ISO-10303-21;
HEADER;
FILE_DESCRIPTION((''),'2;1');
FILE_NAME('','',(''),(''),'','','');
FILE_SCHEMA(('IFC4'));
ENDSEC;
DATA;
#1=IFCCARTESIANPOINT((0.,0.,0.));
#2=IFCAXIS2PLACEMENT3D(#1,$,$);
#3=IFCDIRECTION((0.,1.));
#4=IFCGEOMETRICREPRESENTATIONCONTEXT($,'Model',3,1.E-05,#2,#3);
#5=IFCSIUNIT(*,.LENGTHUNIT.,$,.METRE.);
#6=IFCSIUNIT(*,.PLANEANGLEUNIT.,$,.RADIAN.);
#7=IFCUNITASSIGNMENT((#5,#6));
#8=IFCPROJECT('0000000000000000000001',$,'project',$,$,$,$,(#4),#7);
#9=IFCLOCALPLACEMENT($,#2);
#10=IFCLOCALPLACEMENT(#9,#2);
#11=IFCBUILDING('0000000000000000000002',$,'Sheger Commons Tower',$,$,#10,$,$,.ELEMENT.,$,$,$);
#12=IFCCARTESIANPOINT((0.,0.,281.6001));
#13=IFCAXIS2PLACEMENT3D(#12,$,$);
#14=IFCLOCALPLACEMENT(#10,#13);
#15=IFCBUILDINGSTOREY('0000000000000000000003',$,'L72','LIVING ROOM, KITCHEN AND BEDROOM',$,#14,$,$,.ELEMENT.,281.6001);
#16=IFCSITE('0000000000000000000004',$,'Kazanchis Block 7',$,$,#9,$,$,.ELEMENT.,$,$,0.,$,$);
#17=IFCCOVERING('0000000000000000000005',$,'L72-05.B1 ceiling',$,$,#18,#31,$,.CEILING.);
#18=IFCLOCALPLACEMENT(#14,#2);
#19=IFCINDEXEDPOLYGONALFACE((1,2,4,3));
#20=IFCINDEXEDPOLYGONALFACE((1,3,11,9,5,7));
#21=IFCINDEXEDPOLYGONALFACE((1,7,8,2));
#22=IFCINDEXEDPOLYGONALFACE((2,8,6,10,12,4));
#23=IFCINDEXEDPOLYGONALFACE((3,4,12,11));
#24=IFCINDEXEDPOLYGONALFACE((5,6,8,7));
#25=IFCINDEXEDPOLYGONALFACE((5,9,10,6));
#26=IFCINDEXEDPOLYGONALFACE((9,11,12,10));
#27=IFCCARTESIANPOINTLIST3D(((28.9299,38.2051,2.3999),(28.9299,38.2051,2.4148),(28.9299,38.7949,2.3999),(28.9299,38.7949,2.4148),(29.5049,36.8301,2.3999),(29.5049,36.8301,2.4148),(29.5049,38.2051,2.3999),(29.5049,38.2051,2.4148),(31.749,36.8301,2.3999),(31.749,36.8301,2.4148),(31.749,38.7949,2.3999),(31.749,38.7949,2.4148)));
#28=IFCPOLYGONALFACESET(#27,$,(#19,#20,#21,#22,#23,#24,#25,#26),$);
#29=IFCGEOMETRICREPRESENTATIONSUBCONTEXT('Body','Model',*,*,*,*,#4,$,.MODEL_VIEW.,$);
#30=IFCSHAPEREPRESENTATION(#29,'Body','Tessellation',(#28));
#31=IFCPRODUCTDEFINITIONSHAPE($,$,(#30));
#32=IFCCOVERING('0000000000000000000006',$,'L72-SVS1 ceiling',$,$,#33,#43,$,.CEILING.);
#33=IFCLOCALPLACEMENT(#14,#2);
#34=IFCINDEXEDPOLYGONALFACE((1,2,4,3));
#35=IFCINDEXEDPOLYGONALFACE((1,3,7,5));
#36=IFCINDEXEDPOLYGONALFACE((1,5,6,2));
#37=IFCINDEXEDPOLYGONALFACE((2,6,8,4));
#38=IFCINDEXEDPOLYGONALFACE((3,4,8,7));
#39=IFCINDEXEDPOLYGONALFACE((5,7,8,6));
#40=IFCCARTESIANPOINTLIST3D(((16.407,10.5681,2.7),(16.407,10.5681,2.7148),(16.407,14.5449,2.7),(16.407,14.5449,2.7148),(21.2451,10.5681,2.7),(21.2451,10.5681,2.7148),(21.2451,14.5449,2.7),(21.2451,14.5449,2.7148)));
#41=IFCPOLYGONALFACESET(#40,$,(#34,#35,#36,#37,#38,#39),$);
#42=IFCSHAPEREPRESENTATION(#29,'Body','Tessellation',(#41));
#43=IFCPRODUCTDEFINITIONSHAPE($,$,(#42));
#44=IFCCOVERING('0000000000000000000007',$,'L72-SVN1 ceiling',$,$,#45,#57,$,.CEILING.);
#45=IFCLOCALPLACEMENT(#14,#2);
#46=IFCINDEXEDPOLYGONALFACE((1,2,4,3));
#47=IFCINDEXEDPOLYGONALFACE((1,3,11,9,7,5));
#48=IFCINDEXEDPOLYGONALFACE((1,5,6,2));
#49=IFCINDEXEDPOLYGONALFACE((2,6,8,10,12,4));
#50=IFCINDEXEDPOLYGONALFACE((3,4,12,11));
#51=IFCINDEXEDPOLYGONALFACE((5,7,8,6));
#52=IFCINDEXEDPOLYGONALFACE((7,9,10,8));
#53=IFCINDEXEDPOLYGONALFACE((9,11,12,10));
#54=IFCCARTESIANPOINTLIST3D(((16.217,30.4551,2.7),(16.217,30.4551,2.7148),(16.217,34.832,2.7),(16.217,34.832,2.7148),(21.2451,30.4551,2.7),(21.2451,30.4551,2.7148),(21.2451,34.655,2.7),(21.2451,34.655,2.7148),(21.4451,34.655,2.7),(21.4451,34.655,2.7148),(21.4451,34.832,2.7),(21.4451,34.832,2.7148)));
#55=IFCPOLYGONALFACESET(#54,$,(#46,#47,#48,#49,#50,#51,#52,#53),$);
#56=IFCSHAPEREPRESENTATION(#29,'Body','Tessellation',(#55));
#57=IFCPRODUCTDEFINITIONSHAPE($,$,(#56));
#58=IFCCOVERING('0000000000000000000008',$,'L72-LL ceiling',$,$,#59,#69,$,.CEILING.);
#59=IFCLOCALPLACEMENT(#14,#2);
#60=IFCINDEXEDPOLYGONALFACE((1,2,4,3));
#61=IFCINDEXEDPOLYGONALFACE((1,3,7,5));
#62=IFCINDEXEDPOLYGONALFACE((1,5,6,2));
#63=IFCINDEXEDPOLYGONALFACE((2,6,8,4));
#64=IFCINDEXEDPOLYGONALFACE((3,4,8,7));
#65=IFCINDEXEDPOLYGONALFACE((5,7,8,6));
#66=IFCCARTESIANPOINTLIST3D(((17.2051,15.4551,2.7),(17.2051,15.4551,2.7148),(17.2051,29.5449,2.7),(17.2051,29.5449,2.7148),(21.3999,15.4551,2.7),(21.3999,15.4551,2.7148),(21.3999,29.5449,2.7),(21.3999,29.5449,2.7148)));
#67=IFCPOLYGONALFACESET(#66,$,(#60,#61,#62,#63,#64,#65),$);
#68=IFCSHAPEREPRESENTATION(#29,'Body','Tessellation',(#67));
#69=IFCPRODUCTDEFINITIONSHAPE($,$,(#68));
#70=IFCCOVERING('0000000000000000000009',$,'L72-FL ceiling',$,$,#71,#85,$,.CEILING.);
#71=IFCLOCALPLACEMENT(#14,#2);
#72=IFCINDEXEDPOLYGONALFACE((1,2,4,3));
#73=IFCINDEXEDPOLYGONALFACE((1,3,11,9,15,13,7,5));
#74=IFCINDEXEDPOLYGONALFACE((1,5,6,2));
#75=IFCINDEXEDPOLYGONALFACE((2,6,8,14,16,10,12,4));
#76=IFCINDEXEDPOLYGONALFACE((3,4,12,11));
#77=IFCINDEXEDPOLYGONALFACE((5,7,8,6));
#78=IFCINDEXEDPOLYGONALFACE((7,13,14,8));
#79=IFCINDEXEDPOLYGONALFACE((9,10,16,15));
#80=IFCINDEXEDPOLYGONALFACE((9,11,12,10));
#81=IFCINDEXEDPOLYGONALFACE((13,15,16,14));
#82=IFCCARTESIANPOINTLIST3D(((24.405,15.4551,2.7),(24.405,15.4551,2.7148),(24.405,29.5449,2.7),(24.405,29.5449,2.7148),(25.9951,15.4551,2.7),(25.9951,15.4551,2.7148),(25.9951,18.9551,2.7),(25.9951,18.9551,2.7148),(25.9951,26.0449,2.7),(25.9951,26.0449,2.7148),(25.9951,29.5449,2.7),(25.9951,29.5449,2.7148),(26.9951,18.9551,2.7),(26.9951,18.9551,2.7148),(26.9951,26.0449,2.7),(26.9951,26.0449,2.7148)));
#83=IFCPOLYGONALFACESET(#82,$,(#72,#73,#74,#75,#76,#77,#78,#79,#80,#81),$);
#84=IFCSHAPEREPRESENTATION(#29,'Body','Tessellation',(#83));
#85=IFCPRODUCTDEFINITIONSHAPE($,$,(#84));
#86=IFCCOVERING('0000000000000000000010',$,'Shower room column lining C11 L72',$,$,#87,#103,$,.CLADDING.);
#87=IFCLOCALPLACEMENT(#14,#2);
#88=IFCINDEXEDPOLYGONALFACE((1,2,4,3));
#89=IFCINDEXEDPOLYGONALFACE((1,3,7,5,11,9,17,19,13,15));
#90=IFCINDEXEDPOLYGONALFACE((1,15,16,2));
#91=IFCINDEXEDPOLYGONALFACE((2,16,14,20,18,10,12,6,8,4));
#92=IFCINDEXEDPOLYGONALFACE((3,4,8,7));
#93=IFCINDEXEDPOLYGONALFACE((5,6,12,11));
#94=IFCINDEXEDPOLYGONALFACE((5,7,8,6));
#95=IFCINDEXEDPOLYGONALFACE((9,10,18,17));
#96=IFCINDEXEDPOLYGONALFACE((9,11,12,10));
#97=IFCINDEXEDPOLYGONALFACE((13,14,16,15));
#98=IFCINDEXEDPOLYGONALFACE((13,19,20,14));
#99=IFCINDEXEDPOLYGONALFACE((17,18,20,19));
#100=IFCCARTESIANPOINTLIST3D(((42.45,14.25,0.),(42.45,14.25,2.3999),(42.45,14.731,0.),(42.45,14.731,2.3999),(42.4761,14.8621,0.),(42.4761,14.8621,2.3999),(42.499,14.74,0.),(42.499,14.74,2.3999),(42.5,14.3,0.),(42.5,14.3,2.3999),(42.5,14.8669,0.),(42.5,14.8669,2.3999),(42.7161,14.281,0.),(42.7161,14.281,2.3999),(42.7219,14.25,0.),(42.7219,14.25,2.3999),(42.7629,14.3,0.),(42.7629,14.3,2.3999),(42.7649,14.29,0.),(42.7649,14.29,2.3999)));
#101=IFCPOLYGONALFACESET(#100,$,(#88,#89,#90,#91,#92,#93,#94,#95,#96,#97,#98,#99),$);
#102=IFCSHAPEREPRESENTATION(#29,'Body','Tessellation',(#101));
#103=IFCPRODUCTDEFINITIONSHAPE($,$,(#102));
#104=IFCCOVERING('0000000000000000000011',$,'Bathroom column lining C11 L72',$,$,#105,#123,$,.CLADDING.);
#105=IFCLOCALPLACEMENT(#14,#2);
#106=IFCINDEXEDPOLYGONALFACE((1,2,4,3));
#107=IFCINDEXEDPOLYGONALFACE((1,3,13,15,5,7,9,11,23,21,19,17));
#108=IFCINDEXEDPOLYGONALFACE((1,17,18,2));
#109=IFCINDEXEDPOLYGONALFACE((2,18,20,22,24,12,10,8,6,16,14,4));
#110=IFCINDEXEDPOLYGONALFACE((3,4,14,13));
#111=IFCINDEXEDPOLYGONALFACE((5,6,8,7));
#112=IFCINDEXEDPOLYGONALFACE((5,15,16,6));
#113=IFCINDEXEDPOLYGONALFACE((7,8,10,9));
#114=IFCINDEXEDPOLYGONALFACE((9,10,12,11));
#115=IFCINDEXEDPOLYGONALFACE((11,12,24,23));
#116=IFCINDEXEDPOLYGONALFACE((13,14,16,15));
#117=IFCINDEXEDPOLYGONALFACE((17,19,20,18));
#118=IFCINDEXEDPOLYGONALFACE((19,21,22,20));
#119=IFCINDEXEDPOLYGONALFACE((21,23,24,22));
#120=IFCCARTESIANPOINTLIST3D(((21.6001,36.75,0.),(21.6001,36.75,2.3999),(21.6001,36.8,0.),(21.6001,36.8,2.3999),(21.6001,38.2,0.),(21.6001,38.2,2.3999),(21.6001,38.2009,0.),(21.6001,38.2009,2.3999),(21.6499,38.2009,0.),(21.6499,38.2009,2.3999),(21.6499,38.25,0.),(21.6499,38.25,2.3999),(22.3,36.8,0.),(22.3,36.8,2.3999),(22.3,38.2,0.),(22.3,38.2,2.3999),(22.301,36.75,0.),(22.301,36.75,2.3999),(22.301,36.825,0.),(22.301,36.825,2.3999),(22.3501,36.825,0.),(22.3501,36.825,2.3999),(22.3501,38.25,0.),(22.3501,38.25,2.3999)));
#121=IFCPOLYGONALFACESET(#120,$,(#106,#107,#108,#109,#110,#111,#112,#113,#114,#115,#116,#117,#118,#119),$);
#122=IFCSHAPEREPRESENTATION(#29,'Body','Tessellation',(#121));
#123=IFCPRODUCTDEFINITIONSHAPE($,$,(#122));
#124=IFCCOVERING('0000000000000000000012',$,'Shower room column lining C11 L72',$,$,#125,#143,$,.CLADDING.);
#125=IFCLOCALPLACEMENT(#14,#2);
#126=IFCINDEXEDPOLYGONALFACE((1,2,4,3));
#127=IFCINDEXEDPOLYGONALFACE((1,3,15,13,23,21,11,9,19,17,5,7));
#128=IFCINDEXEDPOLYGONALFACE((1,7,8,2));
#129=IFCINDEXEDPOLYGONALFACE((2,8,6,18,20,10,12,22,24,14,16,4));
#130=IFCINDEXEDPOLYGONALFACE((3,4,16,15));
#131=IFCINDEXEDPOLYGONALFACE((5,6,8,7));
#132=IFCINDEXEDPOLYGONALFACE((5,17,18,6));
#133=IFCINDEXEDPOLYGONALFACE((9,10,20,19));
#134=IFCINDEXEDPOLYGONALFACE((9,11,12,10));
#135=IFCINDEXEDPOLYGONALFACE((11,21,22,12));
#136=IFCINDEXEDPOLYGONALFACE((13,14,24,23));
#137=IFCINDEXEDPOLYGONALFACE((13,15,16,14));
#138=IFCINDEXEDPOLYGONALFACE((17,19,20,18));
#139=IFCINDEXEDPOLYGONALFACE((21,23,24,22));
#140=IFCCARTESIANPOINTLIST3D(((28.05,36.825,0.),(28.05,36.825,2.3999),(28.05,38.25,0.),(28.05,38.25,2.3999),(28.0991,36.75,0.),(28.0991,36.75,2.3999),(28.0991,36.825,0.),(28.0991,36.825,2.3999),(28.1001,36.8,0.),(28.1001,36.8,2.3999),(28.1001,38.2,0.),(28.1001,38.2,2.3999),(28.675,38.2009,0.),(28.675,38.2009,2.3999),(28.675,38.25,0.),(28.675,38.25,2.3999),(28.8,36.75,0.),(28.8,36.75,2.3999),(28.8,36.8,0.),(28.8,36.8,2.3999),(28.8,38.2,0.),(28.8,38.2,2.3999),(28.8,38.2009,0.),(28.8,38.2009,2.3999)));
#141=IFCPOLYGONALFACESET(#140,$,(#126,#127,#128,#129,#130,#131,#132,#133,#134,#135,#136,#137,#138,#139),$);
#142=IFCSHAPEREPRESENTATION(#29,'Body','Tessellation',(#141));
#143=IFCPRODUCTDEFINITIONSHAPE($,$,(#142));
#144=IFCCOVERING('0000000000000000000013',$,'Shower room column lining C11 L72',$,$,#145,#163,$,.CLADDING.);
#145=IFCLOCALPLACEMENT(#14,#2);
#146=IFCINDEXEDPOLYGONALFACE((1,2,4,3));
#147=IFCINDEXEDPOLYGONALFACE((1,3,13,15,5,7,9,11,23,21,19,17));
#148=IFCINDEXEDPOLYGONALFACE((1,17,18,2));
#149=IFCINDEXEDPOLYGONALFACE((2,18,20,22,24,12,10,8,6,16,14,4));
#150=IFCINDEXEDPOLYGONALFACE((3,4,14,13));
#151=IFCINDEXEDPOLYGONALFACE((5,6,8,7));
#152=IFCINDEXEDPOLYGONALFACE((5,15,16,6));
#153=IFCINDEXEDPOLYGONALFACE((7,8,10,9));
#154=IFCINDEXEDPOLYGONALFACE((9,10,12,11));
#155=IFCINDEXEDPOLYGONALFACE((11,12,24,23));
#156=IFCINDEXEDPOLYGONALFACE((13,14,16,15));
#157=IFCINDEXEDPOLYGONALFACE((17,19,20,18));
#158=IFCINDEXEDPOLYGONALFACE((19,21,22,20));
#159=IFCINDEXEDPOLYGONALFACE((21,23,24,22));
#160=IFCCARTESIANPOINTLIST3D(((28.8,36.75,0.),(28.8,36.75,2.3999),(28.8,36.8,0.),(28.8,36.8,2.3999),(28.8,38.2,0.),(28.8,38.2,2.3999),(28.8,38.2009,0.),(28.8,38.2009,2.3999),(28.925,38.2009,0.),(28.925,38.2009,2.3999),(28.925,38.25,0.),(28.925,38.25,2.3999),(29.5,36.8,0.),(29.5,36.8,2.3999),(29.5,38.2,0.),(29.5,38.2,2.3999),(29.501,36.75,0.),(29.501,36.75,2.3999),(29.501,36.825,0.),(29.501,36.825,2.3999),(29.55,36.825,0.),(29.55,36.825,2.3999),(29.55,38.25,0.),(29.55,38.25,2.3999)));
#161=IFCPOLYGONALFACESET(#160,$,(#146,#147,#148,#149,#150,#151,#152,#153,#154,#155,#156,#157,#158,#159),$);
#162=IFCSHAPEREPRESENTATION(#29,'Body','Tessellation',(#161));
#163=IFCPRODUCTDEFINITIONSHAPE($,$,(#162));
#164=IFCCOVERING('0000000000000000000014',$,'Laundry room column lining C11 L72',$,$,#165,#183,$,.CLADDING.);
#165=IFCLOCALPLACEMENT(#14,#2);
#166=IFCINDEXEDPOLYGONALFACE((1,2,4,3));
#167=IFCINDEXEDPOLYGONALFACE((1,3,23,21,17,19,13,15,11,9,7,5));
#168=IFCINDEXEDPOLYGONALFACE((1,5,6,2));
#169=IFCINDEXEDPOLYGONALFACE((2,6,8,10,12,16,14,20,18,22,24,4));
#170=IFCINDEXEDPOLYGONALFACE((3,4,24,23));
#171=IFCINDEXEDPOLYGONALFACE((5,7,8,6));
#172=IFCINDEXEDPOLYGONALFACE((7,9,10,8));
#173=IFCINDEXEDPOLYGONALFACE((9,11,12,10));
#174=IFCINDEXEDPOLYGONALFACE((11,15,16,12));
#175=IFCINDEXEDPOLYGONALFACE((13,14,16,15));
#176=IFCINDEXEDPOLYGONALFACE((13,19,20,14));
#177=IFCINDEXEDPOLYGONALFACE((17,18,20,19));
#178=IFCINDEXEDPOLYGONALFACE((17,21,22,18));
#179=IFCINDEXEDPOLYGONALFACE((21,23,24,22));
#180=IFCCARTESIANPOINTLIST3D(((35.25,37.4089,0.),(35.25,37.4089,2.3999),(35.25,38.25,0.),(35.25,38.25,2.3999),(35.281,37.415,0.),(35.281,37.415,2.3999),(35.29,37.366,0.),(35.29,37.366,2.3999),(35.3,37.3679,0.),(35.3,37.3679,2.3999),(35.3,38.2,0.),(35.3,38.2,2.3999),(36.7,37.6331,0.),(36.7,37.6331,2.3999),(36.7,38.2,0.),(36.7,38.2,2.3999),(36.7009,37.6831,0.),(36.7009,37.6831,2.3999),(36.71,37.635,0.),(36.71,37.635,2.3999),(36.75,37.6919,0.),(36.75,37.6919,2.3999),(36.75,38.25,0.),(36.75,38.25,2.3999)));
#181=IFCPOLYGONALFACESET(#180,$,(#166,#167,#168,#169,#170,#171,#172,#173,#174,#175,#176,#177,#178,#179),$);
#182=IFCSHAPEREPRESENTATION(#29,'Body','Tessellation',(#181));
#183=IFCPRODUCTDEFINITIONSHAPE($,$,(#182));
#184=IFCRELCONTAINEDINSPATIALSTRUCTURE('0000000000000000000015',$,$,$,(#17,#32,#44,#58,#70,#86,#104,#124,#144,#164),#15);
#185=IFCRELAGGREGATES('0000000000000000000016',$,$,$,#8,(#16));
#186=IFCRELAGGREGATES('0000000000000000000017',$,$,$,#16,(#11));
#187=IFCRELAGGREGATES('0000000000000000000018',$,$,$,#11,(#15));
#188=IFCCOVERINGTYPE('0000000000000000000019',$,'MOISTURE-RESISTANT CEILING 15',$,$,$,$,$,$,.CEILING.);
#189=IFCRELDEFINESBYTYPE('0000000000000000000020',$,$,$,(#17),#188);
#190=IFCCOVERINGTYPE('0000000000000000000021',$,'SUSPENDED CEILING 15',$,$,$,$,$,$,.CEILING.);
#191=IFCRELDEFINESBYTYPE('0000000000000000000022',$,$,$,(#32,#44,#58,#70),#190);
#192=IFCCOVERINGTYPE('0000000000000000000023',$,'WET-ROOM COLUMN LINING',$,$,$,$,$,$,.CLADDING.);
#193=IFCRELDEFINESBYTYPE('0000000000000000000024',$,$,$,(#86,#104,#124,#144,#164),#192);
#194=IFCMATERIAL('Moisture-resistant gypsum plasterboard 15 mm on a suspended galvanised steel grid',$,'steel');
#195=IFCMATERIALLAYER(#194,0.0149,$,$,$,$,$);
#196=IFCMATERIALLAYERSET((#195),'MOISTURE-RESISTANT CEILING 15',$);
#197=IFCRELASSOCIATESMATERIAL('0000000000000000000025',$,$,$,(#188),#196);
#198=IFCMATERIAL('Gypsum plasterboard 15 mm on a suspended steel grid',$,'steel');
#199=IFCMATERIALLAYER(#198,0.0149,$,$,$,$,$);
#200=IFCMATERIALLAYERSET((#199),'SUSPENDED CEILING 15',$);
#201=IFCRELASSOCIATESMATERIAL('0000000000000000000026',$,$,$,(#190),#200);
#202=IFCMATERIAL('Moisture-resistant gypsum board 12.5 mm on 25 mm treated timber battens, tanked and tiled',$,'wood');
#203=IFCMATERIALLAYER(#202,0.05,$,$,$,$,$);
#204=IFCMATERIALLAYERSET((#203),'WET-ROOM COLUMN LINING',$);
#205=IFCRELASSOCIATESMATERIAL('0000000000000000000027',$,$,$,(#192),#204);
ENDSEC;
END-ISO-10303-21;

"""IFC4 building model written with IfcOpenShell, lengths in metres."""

from ifc_helpers import new_model, si_unit, direction, frame, origin, place, context, subcontext, project, spatial, polyline, outline, extrude, material, layer, layer_set, type_object, element, save


model = new_model("IFC4")

# Units and contexts
model_context = context("Model", 3, precision=1e-05, world=origin(), true_north=direction((0.0, 1.0)))
body_context = subcontext(model_context, "Body", "Model", "MODEL_VIEW")
ifc_project = project(units=[si_unit("LENGTHUNIT", "METRE"), si_unit("PLANEANGLEUNIT", "RADIAN")], contexts=[model_context])

# Site, building, storey
site_placement = place(None, origin())
site = spatial("IfcSite", under=ifc_project, at=site_placement, Name="Kazanchis Block 7", CompositionType="ELEMENT", RefElevation=0.0)
building_placement = place(site_placement, origin())
building = spatial("IfcBuilding", under=site, at=building_placement, Name="Sheger Commons Tower", CompositionType="ELEMENT")
storey_placement = place(building_placement, frame((0.0, 0.0, 281.6001)))
storey = spatial("IfcBuildingStorey", under=building, at=storey_placement, Name="L72", Description="LIVING ROOM, KITCHEN AND BEDROOM", CompositionType="ELEMENT", Elevation=281.6001)

# Coverings
ifc_material_1 = material(Name="Moisture-resistant gypsum plasterboard 15 mm on a suspended galvanised steel grid", Category="steel")
ifc_layer_1 = layer(ifc_material_1, 0.0149)
ifc_layer_set_1 = layer_set([ifc_layer_1], Name="MOISTURE-RESISTANT CEILING 15")
covering_type_1 = type_object("IfcCoveringType", Name="MOISTURE-RESISTANT CEILING 15", PredefinedType="CEILING", material=ifc_layer_set_1)
covering_1_placement = place(storey_placement, frame((0.0, 0.0, 2.3999)))
element("IfcCovering", 1, at=covering_1_placement, inside=storey, type_object=covering_type_1, Name="L72-05.B1 ceiling", PredefinedType="CEILING", context=body_context, shape_type="SweptSolid", body=[
    extrude(outline(polyline([(29.5049, 36.8301), (31.749, 36.8301), (31.749, 38.7949), (28.9299, 38.7949), (28.9299, 38.2051), (29.5049, 38.2051), (29.5049, 36.8301)])), origin(), (0.0, 0.0, 1.0), 0.0149),
])
ifc_material_2 = material(Name="Gypsum plasterboard 15 mm on a suspended steel grid", Category="steel")
ifc_layer_2 = layer(ifc_material_2, 0.0149)
ifc_layer_set_2 = layer_set([ifc_layer_2], Name="SUSPENDED CEILING 15")
covering_type_2 = type_object("IfcCoveringType", Name="SUSPENDED CEILING 15", PredefinedType="CEILING", material=ifc_layer_set_2)
covering_2_placement = place(storey_placement, frame((0.0, 0.0, 2.7)))
element("IfcCovering", 2, at=covering_2_placement, inside=storey, type_object=covering_type_2, Name="L72-SVS1 ceiling", PredefinedType="CEILING", context=body_context, shape_type="SweptSolid", body=[
    extrude(outline(polyline([(16.407, 10.5681), (21.2451, 10.5681), (21.2451, 14.5449), (16.407, 14.5449), (16.407, 10.5681)])), origin(), (0.0, 0.0, 1.0), 0.0149),
])
covering_3_placement = place(storey_placement, frame((0.0, 0.0, 2.7)))
element("IfcCovering", 3, at=covering_3_placement, inside=storey, type_object=covering_type_2, Name="L72-SVN1 ceiling", PredefinedType="CEILING", context=body_context, shape_type="SweptSolid", body=[
    extrude(outline(polyline([(16.217, 30.4551), (21.2451, 30.4551), (21.2451, 34.655), (21.4451, 34.655), (21.4451, 34.832), (16.217, 34.832), (16.217, 30.4551)])), origin(), (0.0, 0.0, 1.0), 0.0149),
])
covering_4_placement = place(storey_placement, frame((0.0, 0.0, 2.7)))
element("IfcCovering", 4, at=covering_4_placement, inside=storey, type_object=covering_type_2, Name="L72-LL ceiling", PredefinedType="CEILING", context=body_context, shape_type="SweptSolid", body=[
    extrude(outline(polyline([(17.2051, 15.4551), (21.3999, 15.4551), (21.3999, 29.5449), (17.2051, 29.5449), (17.2051, 15.4551)])), origin(), (0.0, 0.0, 1.0), 0.0149),
])
covering_5_placement = place(storey_placement, frame((0.0, 0.0, 2.7)))
element("IfcCovering", 5, at=covering_5_placement, inside=storey, type_object=covering_type_2, Name="L72-FL ceiling", PredefinedType="CEILING", context=body_context, shape_type="SweptSolid", body=[
    extrude(outline(polyline([(24.405, 15.4551), (25.9951, 15.4551), (25.9951, 18.9551), (26.9951, 18.9551), (26.9951, 26.0449), (25.9951, 26.0449), (25.9951, 29.5449), (24.405, 29.5449), (24.405, 15.4551)])), origin(), (0.0, 0.0, 1.0), 0.0149),
])
ifc_material_3 = material(Name="Moisture-resistant gypsum board 12.5 mm on 25 mm treated timber battens, tanked and tiled", Category="wood")
ifc_layer_3 = layer(ifc_material_3, 0.05)
ifc_layer_set_3 = layer_set([ifc_layer_3], Name="WET-ROOM COLUMN LINING")
covering_type_3 = type_object("IfcCoveringType", Name="WET-ROOM COLUMN LINING", PredefinedType="CLADDING", material=ifc_layer_set_3)
covering_6_placement = place(storey_placement, origin())
element("IfcCovering", 6, at=covering_6_placement, inside=storey, type_object=covering_type_3, Name="Shower room column lining C11 L72", PredefinedType="CLADDING", context=body_context, shape_type="SweptSolid", body=[
    extrude(outline(polyline([(42.5, 14.8669), (42.5, 14.3), (42.7629, 14.3), (42.7649, 14.29), (42.7161, 14.281), (42.7219, 14.25), (42.45, 14.25), (42.45, 14.731), (42.499, 14.74), (42.4761, 14.8621), (42.5, 14.8669)])), origin(), (0.0, 0.0, 1.0), 2.3999),
])
covering_7_placement = place(storey_placement, origin())
element("IfcCovering", 7, at=covering_7_placement, inside=storey, type_object=covering_type_3, Name="Bathroom column lining C11 L72", PredefinedType="CLADDING", context=body_context, shape_type="SweptSolid", body=[
    extrude(outline(polyline([(22.3501, 36.825), (22.301, 36.825), (22.301, 36.75), (21.6001, 36.75), (21.6001, 36.8), (22.3, 36.8), (22.3, 38.2), (21.6001, 38.2), (21.6001, 38.2009), (21.6499, 38.2009), (21.6499, 38.25), (22.3501, 38.25), (22.3501, 36.825)])), origin(), (0.0, 0.0, 1.0), 2.3999),
])
covering_8_placement = place(storey_placement, origin())
element("IfcCovering", 8, at=covering_8_placement, inside=storey, type_object=covering_type_3, Name="Shower room column lining C11 L72", PredefinedType="CLADDING", context=body_context, shape_type="SweptSolid", body=[
    extrude(outline(polyline([(28.675, 38.25), (28.675, 38.2009), (28.8, 38.2009), (28.8, 38.2), (28.1001, 38.2), (28.1001, 36.8), (28.8, 36.8), (28.8, 36.75), (28.0991, 36.75), (28.0991, 36.825), (28.05, 36.825), (28.05, 38.25), (28.675, 38.25)])), origin(), (0.0, 0.0, 1.0), 2.3999),
])
covering_9_placement = place(storey_placement, origin())
element("IfcCovering", 9, at=covering_9_placement, inside=storey, type_object=covering_type_3, Name="Shower room column lining C11 L72", PredefinedType="CLADDING", context=body_context, shape_type="SweptSolid", body=[
    extrude(outline(polyline([(29.55, 36.825), (29.501, 36.825), (29.501, 36.75), (28.8, 36.75), (28.8, 36.8), (29.5, 36.8), (29.5, 38.2), (28.8, 38.2), (28.8, 38.2009), (28.925, 38.2009), (28.925, 38.25), (29.55, 38.25), (29.55, 36.825)])), origin(), (0.0, 0.0, 1.0), 2.3999),
])
covering_10_placement = place(storey_placement, origin())
element("IfcCovering", 10, at=covering_10_placement, inside=storey, type_object=covering_type_3, Name="Laundry room column lining C11 L72", PredefinedType="CLADDING", context=body_context, shape_type="SweptSolid", body=[
    extrude(outline(polyline([(36.75, 38.25), (36.75, 37.6919), (36.7009, 37.6831), (36.71, 37.635), (36.7, 37.6331), (36.7, 38.2), (35.3, 38.2), (35.3, 37.3679), (35.29, 37.366), (35.281, 37.415), (35.25, 37.4089), (35.25, 38.25), (36.75, 38.25)])), origin(), (0.0, 0.0, 1.0), 2.3999),
])

save(model, "model.ifc")
